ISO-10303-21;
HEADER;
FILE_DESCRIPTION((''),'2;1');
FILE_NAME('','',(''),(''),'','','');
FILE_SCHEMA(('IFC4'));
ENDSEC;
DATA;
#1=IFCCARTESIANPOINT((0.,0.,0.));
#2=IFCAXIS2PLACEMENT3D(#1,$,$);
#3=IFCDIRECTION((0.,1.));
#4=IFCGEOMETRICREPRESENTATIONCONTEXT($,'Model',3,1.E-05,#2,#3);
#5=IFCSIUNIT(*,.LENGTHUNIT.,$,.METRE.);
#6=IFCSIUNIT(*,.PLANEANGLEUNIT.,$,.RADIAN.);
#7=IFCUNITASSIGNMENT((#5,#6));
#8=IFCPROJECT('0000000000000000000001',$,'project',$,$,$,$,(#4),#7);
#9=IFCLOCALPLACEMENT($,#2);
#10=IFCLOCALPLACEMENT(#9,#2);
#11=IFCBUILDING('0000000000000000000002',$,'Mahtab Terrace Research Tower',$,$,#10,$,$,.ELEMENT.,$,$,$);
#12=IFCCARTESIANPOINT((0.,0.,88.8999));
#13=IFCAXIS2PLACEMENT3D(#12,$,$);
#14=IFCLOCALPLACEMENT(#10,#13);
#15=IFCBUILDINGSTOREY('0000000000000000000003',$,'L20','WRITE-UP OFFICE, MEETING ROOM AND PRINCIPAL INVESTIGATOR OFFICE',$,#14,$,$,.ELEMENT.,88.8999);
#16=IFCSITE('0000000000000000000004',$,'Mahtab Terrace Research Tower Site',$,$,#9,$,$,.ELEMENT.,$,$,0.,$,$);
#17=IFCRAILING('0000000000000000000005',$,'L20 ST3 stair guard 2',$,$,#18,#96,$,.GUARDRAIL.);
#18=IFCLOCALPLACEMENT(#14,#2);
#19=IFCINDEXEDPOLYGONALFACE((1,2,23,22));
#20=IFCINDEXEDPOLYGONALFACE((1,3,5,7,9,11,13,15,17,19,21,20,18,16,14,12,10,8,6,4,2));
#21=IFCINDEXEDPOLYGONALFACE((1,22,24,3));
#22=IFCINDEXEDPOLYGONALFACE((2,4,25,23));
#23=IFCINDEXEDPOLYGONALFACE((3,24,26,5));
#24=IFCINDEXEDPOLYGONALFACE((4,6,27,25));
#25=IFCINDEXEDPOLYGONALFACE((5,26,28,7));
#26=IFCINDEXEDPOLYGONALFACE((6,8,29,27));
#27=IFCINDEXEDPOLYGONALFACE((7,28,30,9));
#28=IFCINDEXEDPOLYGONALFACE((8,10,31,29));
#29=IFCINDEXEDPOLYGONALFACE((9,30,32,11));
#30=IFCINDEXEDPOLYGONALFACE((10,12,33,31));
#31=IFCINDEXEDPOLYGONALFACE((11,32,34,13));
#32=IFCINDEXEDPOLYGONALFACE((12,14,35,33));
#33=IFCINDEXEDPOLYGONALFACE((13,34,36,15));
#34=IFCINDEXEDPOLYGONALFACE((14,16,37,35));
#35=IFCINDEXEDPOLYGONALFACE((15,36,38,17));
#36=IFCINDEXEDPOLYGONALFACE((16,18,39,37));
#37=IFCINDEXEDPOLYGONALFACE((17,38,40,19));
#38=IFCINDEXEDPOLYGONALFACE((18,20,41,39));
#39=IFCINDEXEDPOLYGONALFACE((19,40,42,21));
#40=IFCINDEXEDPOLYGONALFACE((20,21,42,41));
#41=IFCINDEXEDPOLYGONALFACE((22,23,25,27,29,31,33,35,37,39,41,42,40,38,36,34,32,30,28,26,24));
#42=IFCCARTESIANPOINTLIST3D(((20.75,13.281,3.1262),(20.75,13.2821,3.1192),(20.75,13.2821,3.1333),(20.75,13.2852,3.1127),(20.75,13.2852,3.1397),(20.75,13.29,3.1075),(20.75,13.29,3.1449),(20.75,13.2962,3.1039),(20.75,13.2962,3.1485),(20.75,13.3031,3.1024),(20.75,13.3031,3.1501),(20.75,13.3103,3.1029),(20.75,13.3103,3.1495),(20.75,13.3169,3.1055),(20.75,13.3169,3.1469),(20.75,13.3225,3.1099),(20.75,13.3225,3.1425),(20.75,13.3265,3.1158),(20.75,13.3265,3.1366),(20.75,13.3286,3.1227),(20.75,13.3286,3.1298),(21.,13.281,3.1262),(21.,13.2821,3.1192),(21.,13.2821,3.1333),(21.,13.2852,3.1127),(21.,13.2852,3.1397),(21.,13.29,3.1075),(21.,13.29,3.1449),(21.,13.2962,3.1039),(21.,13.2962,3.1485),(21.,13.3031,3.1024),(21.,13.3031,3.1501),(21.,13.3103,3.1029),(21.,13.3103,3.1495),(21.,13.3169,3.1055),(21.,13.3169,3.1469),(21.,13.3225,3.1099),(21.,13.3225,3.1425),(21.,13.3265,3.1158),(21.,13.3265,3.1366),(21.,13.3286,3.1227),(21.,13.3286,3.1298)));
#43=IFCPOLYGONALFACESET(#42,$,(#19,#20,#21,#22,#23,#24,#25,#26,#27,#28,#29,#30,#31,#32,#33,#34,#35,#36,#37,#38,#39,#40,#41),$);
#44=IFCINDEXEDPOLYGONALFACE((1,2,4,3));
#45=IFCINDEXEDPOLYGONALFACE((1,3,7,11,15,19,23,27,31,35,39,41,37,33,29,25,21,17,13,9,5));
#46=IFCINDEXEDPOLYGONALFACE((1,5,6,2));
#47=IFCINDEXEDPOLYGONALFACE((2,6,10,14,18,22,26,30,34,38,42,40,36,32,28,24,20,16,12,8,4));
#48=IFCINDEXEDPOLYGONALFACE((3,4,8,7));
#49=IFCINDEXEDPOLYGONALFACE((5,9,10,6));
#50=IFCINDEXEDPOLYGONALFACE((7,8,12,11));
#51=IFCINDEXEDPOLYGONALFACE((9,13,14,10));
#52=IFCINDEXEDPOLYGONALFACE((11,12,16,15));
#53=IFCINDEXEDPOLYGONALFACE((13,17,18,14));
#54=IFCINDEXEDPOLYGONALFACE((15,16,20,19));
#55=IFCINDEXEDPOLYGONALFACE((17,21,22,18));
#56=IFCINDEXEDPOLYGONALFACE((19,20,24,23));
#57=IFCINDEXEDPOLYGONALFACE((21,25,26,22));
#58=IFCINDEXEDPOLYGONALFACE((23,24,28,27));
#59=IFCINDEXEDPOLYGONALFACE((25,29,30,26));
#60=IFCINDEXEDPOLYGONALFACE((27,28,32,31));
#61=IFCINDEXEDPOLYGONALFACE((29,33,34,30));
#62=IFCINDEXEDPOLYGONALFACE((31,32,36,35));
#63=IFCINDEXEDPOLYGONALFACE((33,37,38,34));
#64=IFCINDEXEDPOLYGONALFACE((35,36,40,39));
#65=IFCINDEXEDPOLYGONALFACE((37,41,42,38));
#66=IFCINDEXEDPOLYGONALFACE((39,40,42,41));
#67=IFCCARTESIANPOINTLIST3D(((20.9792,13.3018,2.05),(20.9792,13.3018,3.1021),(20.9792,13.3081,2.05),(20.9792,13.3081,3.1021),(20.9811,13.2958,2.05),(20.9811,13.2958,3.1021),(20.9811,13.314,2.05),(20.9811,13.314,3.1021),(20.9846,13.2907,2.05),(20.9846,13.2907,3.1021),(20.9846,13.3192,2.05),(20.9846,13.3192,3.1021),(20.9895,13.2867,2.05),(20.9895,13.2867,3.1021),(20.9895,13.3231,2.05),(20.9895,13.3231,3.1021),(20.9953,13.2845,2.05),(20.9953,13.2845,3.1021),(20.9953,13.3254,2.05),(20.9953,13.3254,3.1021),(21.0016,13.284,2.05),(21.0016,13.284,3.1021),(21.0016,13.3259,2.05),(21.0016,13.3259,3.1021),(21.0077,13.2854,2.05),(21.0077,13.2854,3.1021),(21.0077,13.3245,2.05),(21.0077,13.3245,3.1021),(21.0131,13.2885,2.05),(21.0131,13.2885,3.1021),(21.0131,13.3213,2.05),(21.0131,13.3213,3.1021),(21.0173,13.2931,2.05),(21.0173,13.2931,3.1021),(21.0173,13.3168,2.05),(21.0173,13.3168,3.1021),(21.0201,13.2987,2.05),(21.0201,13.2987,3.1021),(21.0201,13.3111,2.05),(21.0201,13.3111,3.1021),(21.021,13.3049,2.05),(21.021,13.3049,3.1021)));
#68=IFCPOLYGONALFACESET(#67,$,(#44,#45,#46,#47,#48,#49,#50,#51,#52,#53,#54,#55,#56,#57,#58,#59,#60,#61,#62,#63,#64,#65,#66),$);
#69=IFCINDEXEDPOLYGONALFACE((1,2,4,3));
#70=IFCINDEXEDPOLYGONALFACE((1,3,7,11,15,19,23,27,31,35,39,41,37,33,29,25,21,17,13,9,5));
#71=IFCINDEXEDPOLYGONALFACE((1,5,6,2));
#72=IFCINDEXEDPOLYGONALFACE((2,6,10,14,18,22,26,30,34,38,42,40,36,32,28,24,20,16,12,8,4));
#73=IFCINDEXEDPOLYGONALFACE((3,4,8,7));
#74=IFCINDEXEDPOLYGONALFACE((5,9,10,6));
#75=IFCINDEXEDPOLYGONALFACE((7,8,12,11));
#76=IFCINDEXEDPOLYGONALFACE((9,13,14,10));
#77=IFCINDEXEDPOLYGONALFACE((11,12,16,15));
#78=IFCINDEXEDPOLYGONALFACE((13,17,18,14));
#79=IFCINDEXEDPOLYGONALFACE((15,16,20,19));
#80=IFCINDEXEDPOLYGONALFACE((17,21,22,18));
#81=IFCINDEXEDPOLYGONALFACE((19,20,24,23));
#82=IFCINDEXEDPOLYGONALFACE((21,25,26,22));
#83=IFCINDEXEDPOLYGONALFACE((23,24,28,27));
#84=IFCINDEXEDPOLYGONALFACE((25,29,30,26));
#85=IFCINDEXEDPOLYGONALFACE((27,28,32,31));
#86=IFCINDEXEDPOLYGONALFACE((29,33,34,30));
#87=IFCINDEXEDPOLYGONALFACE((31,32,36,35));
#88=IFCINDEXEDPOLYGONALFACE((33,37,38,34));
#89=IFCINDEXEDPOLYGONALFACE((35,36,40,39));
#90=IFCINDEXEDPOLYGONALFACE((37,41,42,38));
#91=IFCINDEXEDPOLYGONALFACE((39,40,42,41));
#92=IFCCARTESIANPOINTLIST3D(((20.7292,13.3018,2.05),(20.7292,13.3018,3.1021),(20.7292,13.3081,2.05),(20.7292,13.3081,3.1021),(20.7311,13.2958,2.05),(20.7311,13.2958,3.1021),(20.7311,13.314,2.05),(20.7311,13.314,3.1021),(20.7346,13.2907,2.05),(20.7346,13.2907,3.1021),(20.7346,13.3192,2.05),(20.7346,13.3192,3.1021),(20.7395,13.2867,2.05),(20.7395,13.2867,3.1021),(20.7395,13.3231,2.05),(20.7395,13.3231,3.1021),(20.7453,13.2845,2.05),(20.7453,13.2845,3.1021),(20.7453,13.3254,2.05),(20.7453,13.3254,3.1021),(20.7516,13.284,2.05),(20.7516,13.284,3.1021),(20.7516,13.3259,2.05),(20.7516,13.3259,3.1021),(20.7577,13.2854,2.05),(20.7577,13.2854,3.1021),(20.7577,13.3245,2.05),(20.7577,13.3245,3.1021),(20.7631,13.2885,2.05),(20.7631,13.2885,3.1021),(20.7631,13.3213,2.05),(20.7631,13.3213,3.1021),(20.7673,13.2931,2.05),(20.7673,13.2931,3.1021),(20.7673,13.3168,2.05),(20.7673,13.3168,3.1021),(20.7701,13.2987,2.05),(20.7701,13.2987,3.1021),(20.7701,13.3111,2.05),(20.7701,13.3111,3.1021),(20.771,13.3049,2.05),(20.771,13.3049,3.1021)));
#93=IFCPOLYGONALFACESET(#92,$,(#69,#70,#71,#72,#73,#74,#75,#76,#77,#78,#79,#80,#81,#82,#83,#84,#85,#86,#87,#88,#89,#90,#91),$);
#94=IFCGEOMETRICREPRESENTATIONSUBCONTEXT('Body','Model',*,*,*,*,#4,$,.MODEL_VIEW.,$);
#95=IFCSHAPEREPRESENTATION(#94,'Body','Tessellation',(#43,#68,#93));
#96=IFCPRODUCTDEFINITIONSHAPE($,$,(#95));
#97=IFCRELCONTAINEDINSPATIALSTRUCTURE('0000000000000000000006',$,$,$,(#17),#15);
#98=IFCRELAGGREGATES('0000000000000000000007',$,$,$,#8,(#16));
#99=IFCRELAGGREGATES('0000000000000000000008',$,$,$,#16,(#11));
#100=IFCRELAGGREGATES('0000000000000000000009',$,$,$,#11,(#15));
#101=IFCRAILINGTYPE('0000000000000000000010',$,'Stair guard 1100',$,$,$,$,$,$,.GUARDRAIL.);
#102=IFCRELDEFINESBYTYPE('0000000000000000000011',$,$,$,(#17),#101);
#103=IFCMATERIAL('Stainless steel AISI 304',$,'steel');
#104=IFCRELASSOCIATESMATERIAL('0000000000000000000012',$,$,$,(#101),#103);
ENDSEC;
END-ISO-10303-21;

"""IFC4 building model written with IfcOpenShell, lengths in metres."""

from ifc_helpers import new_model, si_unit, direction, frame, origin, origin_2d, place, context, subcontext, project, spatial, circle, extrude, material, type_object, element, save


model = new_model("IFC4")

# Units and contexts
model_context = context("Model", 3, precision=1e-05, world=origin(), true_north=direction((0.0, 1.0)))
body_context = subcontext(model_context, "Body", "Model", "MODEL_VIEW")
ifc_project = project(units=[si_unit("LENGTHUNIT", "METRE"), si_unit("PLANEANGLEUNIT", "RADIAN")], contexts=[model_context])

# Site, building, storey
site_placement = place(None, origin())
site = spatial("IfcSite", under=ifc_project, at=site_placement, Name="Mahtab Terrace Research Tower Site", CompositionType="ELEMENT", RefElevation=0.0)
building_placement = place(site_placement, origin())
building = spatial("IfcBuilding", under=site, at=building_placement, Name="Mahtab Terrace Research Tower", CompositionType="ELEMENT")
storey_placement = place(building_placement, frame((0.0, 0.0, 88.8999)))
storey = spatial("IfcBuildingStorey", under=building, at=storey_placement, Name="L20", Description="WRITE-UP OFFICE, MEETING ROOM AND PRINCIPAL INVESTIGATOR OFFICE", CompositionType="ELEMENT", Elevation=88.8999)

# Shared definitions
ifc_material_1 = material(Name="Stainless steel AISI 304", Category="steel")

# Railing
railing_type_1 = type_object("IfcRailingType", Name="Stair guard 1100", PredefinedType="GUARDRAIL", material=ifc_material_1)
railing_1_placement = place(storey_placement, frame((21.0, 13.3049, 2.05)))
element("IfcRailing", 1, at=railing_1_placement, inside=storey, type_object=railing_type_1, Name="L20 ST3 stair guard 2", PredefinedType="GUARDRAIL", context=body_context, shape_type="SweptSolid", body=[
    extrude(circle(Radius=0.0239, at=origin_2d()), frame((0.0, 0.0, 1.0762), z_axis=(-1.0, 0.0, 0.0), x_axis=(0.0, -1.0, 0.0)), (0.0, 0.0, 1.0), 0.25),
    extrude(circle(Radius=0.021, at=origin_2d()), origin(), (0.0, 0.0, 1.0), 1.052),
    extrude(circle(Radius=0.021, at=origin_2d()), frame((-0.25, 0.0, 0.0)), (0.0, 0.0, 1.0), 1.052),
])

save(model, "model.ifc")
